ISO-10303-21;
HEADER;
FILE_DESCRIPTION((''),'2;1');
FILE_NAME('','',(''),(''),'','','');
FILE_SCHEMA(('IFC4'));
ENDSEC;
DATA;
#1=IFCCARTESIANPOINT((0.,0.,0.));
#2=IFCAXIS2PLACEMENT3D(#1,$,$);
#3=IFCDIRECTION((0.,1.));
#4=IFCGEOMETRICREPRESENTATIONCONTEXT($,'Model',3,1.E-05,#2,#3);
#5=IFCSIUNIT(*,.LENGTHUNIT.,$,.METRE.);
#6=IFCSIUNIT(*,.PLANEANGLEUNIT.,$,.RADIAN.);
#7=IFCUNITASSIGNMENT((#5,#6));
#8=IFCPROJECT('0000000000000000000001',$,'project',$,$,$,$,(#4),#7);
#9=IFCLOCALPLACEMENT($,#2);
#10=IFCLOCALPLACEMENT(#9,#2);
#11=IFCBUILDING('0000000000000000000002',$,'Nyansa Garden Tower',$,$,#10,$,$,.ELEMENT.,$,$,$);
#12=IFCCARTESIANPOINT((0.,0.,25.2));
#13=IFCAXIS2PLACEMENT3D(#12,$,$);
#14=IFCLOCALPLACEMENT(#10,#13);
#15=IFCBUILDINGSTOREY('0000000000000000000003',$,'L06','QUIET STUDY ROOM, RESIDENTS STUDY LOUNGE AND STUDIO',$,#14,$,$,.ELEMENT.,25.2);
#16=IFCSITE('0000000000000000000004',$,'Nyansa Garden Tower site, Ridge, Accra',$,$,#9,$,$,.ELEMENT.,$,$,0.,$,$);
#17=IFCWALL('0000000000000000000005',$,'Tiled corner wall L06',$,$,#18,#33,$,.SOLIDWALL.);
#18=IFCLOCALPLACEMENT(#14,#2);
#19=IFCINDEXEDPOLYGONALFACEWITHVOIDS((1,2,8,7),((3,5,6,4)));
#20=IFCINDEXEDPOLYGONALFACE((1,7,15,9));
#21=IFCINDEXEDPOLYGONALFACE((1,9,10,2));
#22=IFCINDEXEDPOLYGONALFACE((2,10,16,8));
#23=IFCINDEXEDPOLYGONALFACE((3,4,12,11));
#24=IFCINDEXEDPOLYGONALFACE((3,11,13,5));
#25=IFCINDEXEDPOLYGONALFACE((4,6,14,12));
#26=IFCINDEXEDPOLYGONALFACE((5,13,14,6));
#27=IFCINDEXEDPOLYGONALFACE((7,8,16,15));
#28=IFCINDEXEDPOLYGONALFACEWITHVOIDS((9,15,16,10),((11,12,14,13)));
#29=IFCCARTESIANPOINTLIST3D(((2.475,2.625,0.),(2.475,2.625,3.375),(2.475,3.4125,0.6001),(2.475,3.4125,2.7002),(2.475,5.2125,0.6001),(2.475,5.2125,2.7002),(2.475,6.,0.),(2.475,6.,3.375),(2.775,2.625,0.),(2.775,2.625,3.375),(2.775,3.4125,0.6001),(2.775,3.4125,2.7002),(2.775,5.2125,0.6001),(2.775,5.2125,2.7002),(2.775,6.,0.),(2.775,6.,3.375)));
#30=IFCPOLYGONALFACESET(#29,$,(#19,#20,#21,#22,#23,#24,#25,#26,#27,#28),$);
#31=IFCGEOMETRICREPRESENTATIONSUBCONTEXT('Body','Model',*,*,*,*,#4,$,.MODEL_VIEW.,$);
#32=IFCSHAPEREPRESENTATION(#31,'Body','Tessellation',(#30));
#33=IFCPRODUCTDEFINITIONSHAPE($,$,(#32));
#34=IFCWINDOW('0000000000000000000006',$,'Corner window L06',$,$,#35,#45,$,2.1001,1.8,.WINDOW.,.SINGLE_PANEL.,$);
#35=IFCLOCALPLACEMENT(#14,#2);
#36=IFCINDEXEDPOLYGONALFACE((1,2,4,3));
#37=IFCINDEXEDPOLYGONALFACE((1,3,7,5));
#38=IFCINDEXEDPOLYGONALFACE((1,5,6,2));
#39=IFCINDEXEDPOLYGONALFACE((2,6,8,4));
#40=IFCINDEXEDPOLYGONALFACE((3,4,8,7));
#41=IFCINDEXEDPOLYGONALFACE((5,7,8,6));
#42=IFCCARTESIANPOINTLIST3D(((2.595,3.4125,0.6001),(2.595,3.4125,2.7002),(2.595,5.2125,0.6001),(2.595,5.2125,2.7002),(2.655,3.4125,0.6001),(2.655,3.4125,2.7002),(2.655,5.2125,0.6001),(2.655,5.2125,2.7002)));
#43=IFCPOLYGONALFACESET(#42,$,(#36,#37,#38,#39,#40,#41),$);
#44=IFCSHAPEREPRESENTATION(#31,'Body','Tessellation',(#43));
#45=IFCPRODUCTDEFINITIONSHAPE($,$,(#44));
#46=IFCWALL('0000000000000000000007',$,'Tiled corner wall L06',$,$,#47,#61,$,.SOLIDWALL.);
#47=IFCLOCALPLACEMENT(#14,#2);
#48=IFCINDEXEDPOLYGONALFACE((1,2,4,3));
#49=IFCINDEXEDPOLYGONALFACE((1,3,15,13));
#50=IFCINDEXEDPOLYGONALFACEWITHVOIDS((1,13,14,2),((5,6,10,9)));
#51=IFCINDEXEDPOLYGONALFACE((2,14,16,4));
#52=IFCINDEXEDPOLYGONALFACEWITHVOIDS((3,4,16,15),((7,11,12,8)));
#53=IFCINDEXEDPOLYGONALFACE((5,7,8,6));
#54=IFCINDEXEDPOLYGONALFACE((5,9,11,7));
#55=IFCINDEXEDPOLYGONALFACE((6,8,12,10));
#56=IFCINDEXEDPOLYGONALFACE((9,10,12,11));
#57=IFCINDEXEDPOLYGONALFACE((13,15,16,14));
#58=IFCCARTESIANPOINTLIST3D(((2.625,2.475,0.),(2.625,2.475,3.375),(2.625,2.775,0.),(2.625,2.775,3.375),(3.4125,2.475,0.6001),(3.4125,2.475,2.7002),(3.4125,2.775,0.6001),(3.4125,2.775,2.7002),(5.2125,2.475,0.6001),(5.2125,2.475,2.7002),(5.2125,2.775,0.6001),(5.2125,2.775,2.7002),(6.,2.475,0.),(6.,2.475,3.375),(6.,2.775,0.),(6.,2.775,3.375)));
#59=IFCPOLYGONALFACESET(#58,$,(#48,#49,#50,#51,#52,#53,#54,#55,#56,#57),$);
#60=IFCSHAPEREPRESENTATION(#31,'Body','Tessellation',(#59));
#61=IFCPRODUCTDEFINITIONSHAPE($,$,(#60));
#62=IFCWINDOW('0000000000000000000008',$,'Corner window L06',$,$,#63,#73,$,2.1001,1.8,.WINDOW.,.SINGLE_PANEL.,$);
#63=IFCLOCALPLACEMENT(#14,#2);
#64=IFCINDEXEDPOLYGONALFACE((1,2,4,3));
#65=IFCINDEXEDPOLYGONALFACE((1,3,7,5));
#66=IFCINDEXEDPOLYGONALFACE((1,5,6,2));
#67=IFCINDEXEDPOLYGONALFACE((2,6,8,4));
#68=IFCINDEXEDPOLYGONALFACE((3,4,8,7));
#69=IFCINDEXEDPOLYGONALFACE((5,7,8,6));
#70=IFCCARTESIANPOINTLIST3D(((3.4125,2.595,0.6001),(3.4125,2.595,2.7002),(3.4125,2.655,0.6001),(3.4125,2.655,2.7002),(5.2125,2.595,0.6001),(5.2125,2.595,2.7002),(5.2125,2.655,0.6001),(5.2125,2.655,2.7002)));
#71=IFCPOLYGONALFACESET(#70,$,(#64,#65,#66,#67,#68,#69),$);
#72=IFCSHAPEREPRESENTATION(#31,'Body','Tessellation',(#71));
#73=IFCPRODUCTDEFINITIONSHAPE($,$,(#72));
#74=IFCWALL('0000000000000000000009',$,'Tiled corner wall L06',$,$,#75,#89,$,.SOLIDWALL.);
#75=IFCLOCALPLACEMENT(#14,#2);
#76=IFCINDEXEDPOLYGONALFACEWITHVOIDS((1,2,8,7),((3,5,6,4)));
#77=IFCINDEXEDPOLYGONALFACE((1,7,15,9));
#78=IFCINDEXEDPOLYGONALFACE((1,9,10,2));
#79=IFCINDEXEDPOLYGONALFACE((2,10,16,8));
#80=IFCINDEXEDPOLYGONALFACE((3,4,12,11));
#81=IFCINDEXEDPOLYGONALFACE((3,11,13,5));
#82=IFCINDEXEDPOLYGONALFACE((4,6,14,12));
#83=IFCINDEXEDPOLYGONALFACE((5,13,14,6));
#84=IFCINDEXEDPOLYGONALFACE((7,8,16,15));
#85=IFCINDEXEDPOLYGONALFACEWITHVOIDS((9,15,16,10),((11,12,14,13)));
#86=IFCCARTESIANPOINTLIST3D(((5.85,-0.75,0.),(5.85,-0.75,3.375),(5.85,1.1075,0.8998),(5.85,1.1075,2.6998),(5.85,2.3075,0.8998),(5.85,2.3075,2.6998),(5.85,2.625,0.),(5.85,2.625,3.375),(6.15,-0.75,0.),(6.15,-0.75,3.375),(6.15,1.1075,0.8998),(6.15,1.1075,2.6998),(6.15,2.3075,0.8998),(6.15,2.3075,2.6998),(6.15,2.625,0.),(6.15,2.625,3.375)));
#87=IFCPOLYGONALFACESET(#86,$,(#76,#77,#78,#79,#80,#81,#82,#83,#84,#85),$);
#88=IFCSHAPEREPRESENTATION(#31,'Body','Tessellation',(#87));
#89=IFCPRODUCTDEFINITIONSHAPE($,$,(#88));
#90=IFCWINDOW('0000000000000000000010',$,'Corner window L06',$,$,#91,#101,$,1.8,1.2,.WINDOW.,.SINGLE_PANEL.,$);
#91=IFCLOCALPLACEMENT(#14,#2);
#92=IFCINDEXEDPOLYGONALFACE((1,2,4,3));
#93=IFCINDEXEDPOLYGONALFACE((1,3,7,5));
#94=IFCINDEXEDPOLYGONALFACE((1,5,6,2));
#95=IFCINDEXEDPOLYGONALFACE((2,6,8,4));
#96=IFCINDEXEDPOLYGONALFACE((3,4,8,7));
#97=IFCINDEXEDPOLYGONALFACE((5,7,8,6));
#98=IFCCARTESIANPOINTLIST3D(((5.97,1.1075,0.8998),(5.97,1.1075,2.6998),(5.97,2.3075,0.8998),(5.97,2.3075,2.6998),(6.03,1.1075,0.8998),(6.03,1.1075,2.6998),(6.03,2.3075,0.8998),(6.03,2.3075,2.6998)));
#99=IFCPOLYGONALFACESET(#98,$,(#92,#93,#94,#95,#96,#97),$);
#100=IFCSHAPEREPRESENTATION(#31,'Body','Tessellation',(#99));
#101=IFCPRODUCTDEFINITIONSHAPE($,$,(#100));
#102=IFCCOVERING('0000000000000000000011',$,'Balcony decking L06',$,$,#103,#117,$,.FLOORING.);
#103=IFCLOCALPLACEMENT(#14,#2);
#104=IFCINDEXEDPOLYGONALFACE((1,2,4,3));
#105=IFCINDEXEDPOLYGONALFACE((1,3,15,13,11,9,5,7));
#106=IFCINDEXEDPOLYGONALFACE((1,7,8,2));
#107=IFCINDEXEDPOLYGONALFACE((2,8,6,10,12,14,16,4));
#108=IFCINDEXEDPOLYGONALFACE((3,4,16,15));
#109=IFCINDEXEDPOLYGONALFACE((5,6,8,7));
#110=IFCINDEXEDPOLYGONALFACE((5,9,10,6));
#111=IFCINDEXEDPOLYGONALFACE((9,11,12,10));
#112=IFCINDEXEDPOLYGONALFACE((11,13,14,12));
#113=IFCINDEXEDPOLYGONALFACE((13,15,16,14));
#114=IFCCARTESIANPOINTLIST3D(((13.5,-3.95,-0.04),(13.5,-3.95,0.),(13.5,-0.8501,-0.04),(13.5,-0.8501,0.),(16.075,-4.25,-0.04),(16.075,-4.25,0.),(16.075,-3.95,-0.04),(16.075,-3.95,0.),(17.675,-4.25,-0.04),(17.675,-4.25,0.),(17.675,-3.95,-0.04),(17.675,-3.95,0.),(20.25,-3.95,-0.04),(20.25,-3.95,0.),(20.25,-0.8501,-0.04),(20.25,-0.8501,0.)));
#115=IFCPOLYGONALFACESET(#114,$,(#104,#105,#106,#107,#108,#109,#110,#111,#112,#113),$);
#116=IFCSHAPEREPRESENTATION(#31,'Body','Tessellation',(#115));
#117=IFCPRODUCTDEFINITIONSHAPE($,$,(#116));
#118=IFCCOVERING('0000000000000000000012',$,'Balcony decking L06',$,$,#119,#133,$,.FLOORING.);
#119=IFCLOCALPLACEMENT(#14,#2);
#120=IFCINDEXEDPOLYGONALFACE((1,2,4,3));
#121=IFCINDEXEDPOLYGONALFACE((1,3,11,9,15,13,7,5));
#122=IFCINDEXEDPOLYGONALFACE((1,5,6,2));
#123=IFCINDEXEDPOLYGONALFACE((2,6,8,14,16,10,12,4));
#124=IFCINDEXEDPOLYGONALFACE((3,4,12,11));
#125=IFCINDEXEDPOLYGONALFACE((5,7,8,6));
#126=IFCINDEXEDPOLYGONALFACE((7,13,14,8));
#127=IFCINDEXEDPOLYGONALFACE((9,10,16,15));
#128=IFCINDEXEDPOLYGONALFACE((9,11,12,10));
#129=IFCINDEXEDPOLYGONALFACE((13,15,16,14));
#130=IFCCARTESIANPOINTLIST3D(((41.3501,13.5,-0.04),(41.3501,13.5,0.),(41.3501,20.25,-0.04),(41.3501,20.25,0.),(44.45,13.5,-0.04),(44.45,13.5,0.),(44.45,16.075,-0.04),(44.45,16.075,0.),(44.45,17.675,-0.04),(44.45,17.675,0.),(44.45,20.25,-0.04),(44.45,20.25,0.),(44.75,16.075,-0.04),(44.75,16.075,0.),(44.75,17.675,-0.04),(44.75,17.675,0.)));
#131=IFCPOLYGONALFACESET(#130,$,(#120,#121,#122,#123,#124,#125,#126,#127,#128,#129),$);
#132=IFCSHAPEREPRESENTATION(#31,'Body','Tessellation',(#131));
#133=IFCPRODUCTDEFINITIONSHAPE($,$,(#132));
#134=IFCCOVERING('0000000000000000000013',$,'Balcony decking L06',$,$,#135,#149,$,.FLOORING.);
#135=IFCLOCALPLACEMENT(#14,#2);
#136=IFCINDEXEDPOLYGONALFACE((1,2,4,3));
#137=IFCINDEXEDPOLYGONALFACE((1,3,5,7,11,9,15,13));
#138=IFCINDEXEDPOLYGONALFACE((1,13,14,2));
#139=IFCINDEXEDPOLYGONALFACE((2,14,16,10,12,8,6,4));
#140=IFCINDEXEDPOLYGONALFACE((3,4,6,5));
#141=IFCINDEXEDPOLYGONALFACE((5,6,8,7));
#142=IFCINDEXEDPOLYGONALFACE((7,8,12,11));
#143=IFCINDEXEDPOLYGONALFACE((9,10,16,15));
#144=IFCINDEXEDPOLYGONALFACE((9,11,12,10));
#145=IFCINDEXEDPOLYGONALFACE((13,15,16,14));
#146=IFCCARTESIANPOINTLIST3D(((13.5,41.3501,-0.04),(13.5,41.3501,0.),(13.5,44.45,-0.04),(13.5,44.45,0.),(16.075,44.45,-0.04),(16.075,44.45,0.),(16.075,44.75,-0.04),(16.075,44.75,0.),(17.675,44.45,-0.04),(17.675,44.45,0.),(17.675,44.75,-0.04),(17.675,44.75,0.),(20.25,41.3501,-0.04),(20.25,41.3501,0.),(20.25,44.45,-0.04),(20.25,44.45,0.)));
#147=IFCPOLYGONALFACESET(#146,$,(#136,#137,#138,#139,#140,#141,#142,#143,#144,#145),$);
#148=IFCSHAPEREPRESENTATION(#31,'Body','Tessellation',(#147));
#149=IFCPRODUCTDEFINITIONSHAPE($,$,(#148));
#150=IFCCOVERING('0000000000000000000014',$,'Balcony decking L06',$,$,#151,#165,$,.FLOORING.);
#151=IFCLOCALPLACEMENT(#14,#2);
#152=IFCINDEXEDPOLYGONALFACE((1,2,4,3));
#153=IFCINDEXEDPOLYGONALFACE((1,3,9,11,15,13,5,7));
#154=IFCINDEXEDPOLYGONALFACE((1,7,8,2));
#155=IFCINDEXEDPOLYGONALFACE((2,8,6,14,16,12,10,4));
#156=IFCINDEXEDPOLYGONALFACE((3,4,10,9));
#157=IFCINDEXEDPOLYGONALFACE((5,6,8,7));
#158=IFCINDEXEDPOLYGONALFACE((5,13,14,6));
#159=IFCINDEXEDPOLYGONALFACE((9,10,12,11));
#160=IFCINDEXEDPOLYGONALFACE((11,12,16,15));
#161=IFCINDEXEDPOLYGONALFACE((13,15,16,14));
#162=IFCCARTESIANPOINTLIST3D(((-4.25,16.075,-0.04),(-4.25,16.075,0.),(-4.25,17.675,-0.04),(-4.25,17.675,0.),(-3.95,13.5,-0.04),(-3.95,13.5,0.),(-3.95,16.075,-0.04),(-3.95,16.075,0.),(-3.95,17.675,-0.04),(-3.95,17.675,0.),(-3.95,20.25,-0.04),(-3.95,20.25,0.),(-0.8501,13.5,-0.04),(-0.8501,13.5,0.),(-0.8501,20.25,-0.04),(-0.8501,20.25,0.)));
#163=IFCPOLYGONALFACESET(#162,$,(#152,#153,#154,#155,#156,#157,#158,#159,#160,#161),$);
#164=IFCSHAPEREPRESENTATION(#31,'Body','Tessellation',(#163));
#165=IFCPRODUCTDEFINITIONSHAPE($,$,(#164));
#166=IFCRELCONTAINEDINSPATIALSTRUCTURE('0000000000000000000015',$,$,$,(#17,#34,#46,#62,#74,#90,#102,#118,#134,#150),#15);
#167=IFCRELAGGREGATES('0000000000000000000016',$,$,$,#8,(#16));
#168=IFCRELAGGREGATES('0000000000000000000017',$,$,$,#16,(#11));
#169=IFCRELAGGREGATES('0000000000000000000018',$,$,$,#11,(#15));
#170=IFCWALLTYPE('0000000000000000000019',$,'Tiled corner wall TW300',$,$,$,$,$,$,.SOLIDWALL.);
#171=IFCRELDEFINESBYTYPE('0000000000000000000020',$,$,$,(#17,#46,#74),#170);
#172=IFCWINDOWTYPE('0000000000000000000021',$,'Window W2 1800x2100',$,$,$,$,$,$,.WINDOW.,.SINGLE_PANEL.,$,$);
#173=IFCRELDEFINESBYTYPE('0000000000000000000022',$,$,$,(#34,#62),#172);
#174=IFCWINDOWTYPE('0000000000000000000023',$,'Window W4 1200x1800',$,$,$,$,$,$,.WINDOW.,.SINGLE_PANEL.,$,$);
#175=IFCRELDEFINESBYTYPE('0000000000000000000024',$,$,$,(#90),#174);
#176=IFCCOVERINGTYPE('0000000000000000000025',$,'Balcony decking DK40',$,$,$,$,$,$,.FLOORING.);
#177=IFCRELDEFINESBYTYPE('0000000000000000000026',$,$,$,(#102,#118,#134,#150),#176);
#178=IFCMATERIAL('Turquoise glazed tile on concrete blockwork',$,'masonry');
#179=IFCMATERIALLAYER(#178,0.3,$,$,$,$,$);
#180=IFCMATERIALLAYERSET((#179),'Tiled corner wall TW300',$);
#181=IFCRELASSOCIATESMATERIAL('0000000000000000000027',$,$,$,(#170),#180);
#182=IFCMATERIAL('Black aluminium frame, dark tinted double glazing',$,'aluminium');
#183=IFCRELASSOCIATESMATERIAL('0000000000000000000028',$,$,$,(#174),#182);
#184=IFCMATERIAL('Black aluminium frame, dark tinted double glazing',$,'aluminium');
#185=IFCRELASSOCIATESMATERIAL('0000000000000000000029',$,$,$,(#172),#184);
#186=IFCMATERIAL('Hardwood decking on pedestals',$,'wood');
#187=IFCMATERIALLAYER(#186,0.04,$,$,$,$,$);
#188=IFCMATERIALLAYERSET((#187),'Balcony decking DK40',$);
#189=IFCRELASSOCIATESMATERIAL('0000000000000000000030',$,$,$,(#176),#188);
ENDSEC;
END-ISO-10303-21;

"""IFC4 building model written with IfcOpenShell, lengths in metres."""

from ifc_helpers import new_model, si_unit, direction, frame, frame_2d, origin, place, context, subcontext, project, spatial, polyline, rectangle, outline, extrude, material, layer, layer_set, type_object, element, fill, save


model = new_model("IFC4")

# Units and contexts
model_context = context("Model", 3, precision=1e-05, world=origin(), true_north=direction((0.0, 1.0)))
body_context = subcontext(model_context, "Body", "Model", "MODEL_VIEW")
ifc_project = project(units=[si_unit("LENGTHUNIT", "METRE"), si_unit("PLANEANGLEUNIT", "RADIAN")], contexts=[model_context])

# Site, building, storey
site_placement = place(None, origin())
site = spatial("IfcSite", under=ifc_project, at=site_placement, Name="Nyansa Garden Tower site, Ridge, Accra", CompositionType="ELEMENT", RefElevation=0.0)
building_placement = place(site_placement, origin())
building = spatial("IfcBuilding", under=site, at=building_placement, Name="Nyansa Garden Tower", CompositionType="ELEMENT")
storey_placement = place(building_placement, frame((0.0, 0.0, 25.2)))
storey = spatial("IfcBuildingStorey", under=building, at=storey_placement, Name="L06", Description="QUIET STUDY ROOM, RESIDENTS STUDY LOUNGE AND STUDIO", CompositionType="ELEMENT", Elevation=25.2)

# Walls, openings, windows
ifc_material_1 = material(Name="Turquoise glazed tile on concrete blockwork", Category="masonry")
ifc_layer_1 = layer(ifc_material_1, 0.3)
ifc_layer_set_1 = layer_set([ifc_layer_1], Name="Tiled corner wall TW300")
wall_type_1 = type_object("IfcWallType", Name="Tiled corner wall TW300", PredefinedType="SOLIDWALL", material=ifc_layer_set_1)
ifc_material_2 = material(Name="Black aluminium frame, dark tinted double glazing", Category="aluminium")
window_type_1 = type_object("IfcWindowType", Name="Window W4 1200x1800", PartitioningType="SINGLE_PANEL", PredefinedType="WINDOW", material=ifc_material_2)
wall_1_placement = place(storey_placement, frame((2.625, 6.0, 0.0), z_axis=(0.0, 0.0, 1.0), x_axis=(0.0, -1.0, 0.0)))
wall_1 = element("IfcWall", 1, at=wall_1_placement, inside=storey, type_object=wall_type_1, Name="Tiled corner wall L06", PredefinedType="SOLIDWALL", context=body_context, shape_type="SweptSolid", body=[
    extrude(rectangle(XDim=3.375, YDim=0.3, at=frame_2d((1.6875, 0.0))), origin(), (0.0, 0.0, 1.0), 3.375),
])
opening_1_placement = place(wall_1_placement, frame((0.7876, 0.0, 0.6001)))
opening_1 = element("IfcOpeningElement", 2, at=opening_1_placement, cuts=wall_1, PredefinedType="OPENING", context=body_context, shape_type="SweptSolid", body=[
    extrude(rectangle(XDim=1.8, YDim=2.1001, at=frame_2d((0.8999, 1.05))), frame((0.0, 0.1599, 0.0), z_axis=(0.0, -1.0, 0.0), x_axis=(1.0, 0.0, 0.0)), (0.0, 0.0, 1.0), 0.3201),
])
ifc_material_3 = material(Name="Black aluminium frame, dark tinted double glazing", Category="aluminium")
window_type_2 = type_object("IfcWindowType", Name="Window W2 1800x2100", PartitioningType="SINGLE_PANEL", PredefinedType="WINDOW", material=ifc_material_3)
window_1_placement = place(opening_1_placement, origin())
window_1 = element("IfcWindow", 3, at=window_1_placement, inside=storey, type_object=window_type_2, Name="Corner window L06", OverallHeight=2.1001, OverallWidth=1.8, PartitioningType="SINGLE_PANEL", PredefinedType="WINDOW", context=body_context, shape_type="SweptSolid", body=[
    extrude(rectangle(XDim=1.8, YDim=2.1001, at=frame_2d((0.8999, 1.05))), frame((0.0, 0.03, 0.0), z_axis=(0.0, -1.0, 0.0), x_axis=(1.0, 0.0, 0.0)), (0.0, 0.0, 1.0), 0.0601),
])
fill(opening_1, window_1)
wall_2_placement = place(storey_placement, frame((2.625, 2.625, 0.0), z_axis=(0.0, 0.0, 1.0), x_axis=(1.0, 0.0, 0.0)))
wall_2 = element("IfcWall", 4, at=wall_2_placement, inside=storey, type_object=wall_type_1, Name="Tiled corner wall L06", PredefinedType="SOLIDWALL", context=body_context, shape_type="SweptSolid", body=[
    extrude(rectangle(XDim=3.375, YDim=0.3, at=frame_2d((1.6875, 0.0))), origin(), (0.0, 0.0, 1.0), 3.375),
])
opening_2_placement = place(wall_2_placement, frame((0.7876, 0.0, 0.6001)))
opening_2 = element("IfcOpeningElement", 5, at=opening_2_placement, cuts=wall_2, PredefinedType="OPENING", context=body_context, shape_type="SweptSolid", body=[
    extrude(rectangle(XDim=1.8, YDim=2.1001, at=frame_2d((0.8999, 1.05))), frame((0.0, 0.1599, 0.0), z_axis=(0.0, -1.0, 0.0), x_axis=(1.0, 0.0, 0.0)), (0.0, 0.0, 1.0), 0.3201),
])
window_2_placement = place(opening_2_placement, origin())
window_2 = element("IfcWindow", 6, at=window_2_placement, inside=storey, type_object=window_type_2, Name="Corner window L06", OverallHeight=2.1001, OverallWidth=1.8, PartitioningType="SINGLE_PANEL", PredefinedType="WINDOW", context=body_context, shape_type="SweptSolid", body=[
    extrude(rectangle(XDim=1.8, YDim=2.1001, at=frame_2d((0.8999, 1.05))), frame((0.0, 0.03, 0.0), z_axis=(0.0, -1.0, 0.0), x_axis=(1.0, 0.0, 0.0)), (0.0, 0.0, 1.0), 0.0601),
])
fill(opening_2, window_2)
wall_3_placement = place(storey_placement, frame((6.0, 2.625, 0.0), z_axis=(0.0, 0.0, 1.0), x_axis=(0.0, -1.0, 0.0)))
wall_3 = element("IfcWall", 7, at=wall_3_placement, inside=storey, type_object=wall_type_1, Name="Tiled corner wall L06", PredefinedType="SOLIDWALL", context=body_context, shape_type="SweptSolid", body=[
    extrude(rectangle(XDim=3.375, YDim=0.3, at=frame_2d((1.6875, 0.0))), origin(), (0.0, 0.0, 1.0), 3.375),
])
opening_3_placement = place(wall_3_placement, frame((0.3174, 0.0, 0.8999)))
opening_3 = element("IfcOpeningElement", 8, at=opening_3_placement, cuts=wall_3, PredefinedType="OPENING", context=body_context, shape_type="SweptSolid", body=[
    extrude(rectangle(XDim=1.2, YDim=1.8, at=frame_2d((0.6001, 0.8999))), frame((0.0, 0.1599, 0.0), z_axis=(0.0, -1.0, 0.0), x_axis=(1.0, 0.0, 0.0)), (0.0, 0.0, 1.0), 0.3201),
])
window_3_placement = place(opening_3_placement, origin())
window_3 = element("IfcWindow", 9, at=window_3_placement, inside=storey, type_object=window_type_1, Name="Corner window L06", OverallHeight=1.8, OverallWidth=1.2, PartitioningType="SINGLE_PANEL", PredefinedType="WINDOW", context=body_context, shape_type="SweptSolid", body=[
    extrude(rectangle(XDim=1.2, YDim=1.8, at=frame_2d((0.6001, 0.8999))), frame((0.0, 0.03, 0.0), z_axis=(0.0, -1.0, 0.0), x_axis=(1.0, 0.0, 0.0)), (0.0, 0.0, 1.0), 0.0601),
])
fill(opening_3, window_3)

# Coverings
ifc_material_4 = material(Name="Hardwood decking on pedestals", Category="wood")
ifc_layer_2 = layer(ifc_material_4, 0.04)
ifc_layer_set_2 = layer_set([ifc_layer_2], Name="Balcony decking DK40")
covering_type = type_object("IfcCoveringType", Name="Balcony decking DK40", PredefinedType="FLOORING", material=ifc_layer_set_2)
covering_1_placement = place(storey_placement, frame((0.0, 0.0, -0.04)))
element("IfcCovering", 10, at=covering_1_placement, inside=storey, type_object=covering_type, Name="Balcony decking L06", PredefinedType="FLOORING", context=body_context, shape_type="SweptSolid", body=[
    extrude(outline(polyline([(13.5, -0.8501), (20.25, -0.8501), (20.25, -3.95), (17.675, -3.95), (17.675, -4.25), (16.075, -4.25), (16.075, -3.95), (13.5, -3.95), (13.5, -0.8501)])), origin(), (0.0, 0.0, 1.0), 0.04),
])
covering_2_placement = place(storey_placement, frame((0.0, 0.0, -0.04)))
element("IfcCovering", 11, at=covering_2_placement, inside=storey, type_object=covering_type, Name="Balcony decking L06", PredefinedType="FLOORING", context=body_context, shape_type="SweptSolid", body=[
    extrude(outline(polyline([(41.3501, 13.5), (41.3501, 20.25), (44.45, 20.25), (44.45, 17.675), (44.75, 17.675), (44.75, 16.075), (44.45, 16.075), (44.45, 13.5), (41.3501, 13.5)])), origin(), (0.0, 0.0, 1.0), 0.04),
])
covering_3_placement = place(storey_placement, frame((0.0, 0.0, -0.04)))
element("IfcCovering", 12, at=covering_3_placement, inside=storey, type_object=covering_type, Name="Balcony decking L06", PredefinedType="FLOORING", context=body_context, shape_type="SweptSolid", body=[
    extrude(outline(polyline([(13.5, 41.3501), (20.25, 41.3501), (20.25, 44.45), (17.675, 44.45), (17.675, 44.75), (16.075, 44.75), (16.075, 44.45), (13.5, 44.45), (13.5, 41.3501)])), origin(), (0.0, 0.0, 1.0), 0.04),
])
covering_4_placement = place(storey_placement, frame((0.0, 0.0, -0.04)))
element("IfcCovering", 13, at=covering_4_placement, inside=storey, type_object=covering_type, Name="Balcony decking L06", PredefinedType="FLOORING", context=body_context, shape_type="SweptSolid", body=[
    extrude(outline(polyline([(-0.8501, 13.5), (-0.8501, 20.25), (-3.95, 20.25), (-3.95, 17.675), (-4.25, 17.675), (-4.25, 16.075), (-3.95, 16.075), (-3.95, 13.5), (-0.8501, 13.5)])), origin(), (0.0, 0.0, 1.0), 0.04),
])

save(model, "model.ifc")
